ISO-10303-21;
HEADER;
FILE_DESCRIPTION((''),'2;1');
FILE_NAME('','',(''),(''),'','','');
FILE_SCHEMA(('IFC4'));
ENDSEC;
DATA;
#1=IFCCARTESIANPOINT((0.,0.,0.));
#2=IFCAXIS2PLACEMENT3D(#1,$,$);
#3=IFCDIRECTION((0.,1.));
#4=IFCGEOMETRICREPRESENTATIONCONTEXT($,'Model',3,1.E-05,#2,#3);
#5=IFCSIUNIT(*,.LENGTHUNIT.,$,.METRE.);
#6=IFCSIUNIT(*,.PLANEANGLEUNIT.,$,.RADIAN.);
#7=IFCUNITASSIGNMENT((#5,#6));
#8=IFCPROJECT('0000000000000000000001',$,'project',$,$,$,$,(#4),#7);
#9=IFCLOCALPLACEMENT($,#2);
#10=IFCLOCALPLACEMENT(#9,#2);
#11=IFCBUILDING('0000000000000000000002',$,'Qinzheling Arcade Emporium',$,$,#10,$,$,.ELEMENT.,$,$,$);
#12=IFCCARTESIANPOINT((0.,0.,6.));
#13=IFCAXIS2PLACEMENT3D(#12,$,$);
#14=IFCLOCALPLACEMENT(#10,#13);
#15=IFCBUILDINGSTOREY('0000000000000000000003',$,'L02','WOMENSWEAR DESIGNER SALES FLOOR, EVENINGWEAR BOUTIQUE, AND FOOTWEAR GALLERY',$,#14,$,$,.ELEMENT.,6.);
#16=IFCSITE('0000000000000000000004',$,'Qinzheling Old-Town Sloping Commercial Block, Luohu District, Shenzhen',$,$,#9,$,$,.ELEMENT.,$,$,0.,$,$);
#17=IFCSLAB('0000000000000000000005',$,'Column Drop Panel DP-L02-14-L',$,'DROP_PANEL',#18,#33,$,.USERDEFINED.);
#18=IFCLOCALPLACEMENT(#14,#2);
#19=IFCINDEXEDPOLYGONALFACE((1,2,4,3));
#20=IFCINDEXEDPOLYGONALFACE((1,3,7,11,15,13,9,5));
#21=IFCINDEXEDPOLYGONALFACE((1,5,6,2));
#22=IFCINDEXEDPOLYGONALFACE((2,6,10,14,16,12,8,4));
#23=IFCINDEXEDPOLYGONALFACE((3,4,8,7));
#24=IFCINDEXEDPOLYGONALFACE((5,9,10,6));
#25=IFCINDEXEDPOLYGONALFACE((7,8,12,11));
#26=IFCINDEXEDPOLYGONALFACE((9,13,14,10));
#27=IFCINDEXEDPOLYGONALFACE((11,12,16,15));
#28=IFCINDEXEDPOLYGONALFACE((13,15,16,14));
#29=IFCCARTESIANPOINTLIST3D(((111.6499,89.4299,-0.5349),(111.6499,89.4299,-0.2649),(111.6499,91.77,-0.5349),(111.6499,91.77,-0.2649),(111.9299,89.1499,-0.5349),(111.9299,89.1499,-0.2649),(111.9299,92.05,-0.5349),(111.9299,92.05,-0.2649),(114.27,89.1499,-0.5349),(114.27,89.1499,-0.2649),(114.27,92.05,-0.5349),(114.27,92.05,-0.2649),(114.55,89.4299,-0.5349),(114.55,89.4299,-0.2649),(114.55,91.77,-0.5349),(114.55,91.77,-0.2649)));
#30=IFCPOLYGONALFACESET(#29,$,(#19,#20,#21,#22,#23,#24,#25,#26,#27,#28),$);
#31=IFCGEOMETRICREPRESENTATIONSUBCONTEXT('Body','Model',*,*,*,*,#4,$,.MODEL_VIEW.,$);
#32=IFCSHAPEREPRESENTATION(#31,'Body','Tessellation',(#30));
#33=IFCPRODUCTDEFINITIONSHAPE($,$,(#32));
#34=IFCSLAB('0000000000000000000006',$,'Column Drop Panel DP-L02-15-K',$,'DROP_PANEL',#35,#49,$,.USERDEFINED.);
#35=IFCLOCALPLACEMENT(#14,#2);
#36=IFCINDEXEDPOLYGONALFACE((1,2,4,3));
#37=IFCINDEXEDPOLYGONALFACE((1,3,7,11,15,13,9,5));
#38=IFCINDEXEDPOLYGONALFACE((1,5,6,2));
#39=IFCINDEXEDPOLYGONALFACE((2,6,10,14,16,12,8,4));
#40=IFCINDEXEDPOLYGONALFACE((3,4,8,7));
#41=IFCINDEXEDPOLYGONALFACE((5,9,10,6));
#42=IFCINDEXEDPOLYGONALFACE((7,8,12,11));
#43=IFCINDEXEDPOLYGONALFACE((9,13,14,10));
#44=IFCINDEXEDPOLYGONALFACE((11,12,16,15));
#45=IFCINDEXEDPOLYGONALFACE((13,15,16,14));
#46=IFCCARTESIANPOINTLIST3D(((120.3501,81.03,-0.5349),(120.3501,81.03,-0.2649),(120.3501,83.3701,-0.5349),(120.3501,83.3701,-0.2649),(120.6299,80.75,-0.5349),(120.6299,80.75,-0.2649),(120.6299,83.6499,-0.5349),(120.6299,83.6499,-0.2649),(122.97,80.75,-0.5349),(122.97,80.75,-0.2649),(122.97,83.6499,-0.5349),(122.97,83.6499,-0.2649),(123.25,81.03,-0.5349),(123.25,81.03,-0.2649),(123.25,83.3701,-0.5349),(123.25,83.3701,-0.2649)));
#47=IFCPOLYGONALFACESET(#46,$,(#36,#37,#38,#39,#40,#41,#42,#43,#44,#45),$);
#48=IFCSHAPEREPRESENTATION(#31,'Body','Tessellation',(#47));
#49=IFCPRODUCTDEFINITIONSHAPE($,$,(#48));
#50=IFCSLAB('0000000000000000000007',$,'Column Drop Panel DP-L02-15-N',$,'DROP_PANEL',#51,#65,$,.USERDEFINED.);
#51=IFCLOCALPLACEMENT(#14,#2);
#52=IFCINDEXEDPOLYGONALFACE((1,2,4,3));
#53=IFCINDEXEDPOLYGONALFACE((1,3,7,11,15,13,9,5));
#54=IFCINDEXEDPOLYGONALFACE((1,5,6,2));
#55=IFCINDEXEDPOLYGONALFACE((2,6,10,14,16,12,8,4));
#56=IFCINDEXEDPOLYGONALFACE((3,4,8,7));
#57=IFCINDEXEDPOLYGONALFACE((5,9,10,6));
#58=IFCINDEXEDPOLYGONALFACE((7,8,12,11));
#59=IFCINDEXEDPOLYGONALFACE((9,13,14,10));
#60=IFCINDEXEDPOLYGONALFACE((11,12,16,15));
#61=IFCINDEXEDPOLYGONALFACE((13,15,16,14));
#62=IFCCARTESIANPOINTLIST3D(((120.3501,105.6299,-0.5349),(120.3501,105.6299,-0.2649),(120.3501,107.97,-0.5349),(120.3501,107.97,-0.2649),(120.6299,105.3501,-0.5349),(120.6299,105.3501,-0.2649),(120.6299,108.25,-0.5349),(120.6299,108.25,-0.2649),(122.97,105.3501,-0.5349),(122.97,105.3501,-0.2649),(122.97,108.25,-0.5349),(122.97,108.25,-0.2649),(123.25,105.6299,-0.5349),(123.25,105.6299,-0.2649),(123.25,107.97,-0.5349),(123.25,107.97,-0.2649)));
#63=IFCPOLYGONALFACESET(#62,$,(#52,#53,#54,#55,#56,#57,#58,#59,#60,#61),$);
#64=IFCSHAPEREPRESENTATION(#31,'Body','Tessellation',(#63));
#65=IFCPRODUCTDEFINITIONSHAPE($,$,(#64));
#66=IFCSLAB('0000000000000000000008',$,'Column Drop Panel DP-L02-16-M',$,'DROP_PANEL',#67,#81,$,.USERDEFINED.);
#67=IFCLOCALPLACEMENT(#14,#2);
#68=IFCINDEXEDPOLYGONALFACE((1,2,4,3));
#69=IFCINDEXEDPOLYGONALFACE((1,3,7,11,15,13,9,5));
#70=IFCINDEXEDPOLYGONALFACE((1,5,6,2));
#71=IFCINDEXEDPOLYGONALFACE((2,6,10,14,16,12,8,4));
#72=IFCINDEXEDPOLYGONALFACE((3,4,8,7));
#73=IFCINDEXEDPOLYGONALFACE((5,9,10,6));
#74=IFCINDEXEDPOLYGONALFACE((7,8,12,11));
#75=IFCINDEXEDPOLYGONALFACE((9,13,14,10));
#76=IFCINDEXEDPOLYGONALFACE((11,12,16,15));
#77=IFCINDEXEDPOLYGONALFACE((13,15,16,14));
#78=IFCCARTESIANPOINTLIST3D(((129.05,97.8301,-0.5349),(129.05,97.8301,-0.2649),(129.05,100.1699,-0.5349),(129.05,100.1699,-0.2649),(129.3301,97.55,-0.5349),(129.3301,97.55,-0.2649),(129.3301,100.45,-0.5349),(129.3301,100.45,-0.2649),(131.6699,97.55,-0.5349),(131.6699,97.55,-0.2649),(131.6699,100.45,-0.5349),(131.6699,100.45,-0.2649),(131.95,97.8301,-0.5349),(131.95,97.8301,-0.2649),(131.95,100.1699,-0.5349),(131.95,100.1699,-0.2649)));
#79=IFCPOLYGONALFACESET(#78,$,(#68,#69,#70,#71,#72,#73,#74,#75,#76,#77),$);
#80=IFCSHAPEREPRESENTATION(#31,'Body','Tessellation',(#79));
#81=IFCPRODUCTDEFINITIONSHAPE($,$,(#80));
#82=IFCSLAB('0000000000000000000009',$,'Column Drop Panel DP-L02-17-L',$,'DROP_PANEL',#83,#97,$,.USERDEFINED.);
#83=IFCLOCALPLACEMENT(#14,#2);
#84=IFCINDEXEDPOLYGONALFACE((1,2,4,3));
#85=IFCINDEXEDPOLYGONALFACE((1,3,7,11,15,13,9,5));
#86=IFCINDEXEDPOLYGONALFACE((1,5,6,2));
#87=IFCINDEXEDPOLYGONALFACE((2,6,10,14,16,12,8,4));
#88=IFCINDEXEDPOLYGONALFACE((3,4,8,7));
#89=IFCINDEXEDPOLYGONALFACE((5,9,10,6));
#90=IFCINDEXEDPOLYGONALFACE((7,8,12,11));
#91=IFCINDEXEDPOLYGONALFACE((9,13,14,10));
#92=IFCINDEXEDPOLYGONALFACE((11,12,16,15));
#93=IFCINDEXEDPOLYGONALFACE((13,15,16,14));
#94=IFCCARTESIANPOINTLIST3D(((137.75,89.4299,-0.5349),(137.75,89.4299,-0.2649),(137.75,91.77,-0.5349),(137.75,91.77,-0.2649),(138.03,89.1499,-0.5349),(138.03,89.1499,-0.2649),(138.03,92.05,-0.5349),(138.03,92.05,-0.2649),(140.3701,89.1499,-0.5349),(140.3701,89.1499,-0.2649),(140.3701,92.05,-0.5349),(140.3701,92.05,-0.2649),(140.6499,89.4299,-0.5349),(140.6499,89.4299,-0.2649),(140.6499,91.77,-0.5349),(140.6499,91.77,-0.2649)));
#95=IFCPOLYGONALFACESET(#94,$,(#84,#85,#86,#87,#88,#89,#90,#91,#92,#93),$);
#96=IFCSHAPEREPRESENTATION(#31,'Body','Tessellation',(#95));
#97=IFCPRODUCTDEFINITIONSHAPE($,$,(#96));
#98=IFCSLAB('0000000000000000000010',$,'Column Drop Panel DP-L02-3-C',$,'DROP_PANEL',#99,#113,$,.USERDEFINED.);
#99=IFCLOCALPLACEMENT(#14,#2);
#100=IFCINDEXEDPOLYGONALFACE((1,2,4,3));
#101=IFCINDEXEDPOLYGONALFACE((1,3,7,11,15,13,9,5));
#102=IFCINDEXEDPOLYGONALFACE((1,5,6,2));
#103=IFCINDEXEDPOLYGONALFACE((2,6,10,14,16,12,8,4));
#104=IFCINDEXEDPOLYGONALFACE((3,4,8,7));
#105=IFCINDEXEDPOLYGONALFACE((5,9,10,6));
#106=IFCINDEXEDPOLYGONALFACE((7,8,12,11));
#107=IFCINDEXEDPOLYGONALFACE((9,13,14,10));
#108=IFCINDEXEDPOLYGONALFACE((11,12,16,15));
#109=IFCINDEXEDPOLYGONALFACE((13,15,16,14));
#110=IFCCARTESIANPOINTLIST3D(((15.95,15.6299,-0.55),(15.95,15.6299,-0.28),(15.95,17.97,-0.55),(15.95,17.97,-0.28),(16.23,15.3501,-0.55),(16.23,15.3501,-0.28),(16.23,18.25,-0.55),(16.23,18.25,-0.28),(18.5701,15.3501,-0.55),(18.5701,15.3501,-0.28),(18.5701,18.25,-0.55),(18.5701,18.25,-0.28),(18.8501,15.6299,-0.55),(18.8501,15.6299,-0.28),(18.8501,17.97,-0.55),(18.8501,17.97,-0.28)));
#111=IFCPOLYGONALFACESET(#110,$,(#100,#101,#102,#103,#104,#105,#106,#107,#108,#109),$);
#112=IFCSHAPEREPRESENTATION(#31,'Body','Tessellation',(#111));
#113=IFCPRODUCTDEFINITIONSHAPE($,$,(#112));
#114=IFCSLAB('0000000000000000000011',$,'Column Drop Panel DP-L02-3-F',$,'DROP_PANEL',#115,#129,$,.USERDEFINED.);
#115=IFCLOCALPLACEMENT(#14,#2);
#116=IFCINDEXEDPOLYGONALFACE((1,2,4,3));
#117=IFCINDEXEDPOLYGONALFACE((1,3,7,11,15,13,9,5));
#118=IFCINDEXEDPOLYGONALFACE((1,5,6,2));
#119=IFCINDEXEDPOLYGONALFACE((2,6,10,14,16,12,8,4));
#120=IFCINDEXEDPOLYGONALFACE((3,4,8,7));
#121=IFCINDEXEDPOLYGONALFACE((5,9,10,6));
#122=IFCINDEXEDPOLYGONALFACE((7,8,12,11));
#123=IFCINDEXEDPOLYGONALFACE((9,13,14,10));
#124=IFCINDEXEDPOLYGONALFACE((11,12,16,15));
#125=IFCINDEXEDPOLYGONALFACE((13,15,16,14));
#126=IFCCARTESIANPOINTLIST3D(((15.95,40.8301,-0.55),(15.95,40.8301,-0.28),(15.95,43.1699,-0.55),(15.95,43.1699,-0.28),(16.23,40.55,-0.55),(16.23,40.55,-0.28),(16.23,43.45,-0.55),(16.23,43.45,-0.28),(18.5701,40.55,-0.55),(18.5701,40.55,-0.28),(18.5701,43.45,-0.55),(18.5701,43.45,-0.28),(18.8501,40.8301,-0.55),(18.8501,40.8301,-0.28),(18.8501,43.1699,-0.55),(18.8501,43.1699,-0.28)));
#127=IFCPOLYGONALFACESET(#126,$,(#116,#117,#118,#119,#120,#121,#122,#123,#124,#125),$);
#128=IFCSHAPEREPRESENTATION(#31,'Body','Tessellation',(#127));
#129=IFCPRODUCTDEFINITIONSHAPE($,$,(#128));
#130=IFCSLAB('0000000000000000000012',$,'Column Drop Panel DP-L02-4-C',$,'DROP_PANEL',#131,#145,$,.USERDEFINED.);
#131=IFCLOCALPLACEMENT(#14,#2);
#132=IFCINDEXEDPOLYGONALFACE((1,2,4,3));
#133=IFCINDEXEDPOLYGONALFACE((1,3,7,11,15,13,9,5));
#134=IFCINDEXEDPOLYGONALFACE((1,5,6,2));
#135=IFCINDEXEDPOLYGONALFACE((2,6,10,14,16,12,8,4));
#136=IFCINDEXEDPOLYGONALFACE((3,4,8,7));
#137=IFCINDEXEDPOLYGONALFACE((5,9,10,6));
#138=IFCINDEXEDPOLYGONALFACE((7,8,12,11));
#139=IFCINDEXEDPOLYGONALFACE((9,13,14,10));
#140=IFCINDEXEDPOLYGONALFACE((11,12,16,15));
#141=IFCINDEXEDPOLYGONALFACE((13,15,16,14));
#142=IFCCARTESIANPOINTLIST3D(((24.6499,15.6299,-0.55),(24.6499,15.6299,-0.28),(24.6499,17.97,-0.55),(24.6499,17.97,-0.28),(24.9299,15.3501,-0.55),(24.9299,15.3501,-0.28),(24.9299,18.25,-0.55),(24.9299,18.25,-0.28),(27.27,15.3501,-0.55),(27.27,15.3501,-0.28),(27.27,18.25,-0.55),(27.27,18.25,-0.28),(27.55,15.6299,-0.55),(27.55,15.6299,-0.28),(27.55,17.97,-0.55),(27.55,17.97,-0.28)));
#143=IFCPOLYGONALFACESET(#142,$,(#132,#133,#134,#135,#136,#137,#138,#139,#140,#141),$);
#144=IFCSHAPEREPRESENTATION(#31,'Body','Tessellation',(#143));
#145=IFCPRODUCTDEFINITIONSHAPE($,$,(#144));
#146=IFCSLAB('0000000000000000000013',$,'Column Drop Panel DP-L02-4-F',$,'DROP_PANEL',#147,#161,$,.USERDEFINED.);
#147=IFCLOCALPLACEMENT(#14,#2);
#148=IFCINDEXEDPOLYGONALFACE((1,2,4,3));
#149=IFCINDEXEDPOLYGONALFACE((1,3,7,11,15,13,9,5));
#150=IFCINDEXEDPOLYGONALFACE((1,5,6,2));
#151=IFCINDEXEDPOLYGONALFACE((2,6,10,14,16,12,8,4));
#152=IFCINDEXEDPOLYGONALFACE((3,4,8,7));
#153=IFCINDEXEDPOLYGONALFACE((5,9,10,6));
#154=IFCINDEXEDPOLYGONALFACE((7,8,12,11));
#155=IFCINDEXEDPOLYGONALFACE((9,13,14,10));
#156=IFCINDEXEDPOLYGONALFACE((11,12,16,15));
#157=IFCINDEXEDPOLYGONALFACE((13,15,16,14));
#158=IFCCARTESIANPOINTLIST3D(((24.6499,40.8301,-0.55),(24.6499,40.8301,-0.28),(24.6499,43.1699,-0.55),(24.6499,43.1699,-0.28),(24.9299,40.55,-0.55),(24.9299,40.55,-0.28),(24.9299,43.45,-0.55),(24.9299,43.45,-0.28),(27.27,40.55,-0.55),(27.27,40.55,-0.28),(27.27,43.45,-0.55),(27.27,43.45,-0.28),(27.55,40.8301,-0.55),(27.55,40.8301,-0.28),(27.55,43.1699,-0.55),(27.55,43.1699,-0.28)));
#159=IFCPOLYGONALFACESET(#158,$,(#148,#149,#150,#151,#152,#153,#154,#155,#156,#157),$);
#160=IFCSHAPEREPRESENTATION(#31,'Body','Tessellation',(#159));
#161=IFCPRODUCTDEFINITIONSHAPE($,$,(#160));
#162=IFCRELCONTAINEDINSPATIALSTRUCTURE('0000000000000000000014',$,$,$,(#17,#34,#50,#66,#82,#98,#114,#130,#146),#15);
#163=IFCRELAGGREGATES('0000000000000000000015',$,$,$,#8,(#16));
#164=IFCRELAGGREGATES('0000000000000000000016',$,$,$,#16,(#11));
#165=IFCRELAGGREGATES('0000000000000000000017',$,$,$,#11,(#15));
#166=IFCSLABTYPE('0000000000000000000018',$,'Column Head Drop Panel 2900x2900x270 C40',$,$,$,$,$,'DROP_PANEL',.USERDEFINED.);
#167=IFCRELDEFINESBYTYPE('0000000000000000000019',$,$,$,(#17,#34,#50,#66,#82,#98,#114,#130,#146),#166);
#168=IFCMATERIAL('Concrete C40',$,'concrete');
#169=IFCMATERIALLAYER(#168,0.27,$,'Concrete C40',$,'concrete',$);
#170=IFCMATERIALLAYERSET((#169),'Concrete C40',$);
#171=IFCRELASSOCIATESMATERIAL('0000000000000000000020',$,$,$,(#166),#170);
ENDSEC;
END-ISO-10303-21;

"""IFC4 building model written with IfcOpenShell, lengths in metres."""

from ifc_helpers import new_model, si_unit, direction, frame, origin, place, context, subcontext, project, spatial, polyline, outline, extrude, material, layer, layer_set, type_object, element, save


model = new_model("IFC4")

# Units and contexts
model_context = context("Model", 3, precision=1e-05, world=origin(), true_north=direction((0.0, 1.0)))
body_context = subcontext(model_context, "Body", "Model", "MODEL_VIEW")
ifc_project = project(units=[si_unit("LENGTHUNIT", "METRE"), si_unit("PLANEANGLEUNIT", "RADIAN")], contexts=[model_context])

# Site, building, storey
site_placement = place(None, origin())
site = spatial("IfcSite", under=ifc_project, at=site_placement, Name="Qinzheling Old-Town Sloping Commercial Block, Luohu District, Shenzhen", CompositionType="ELEMENT", RefElevation=0.0)
building_placement = place(site_placement, origin())
building = spatial("IfcBuilding", under=site, at=building_placement, Name="Qinzheling Arcade Emporium", CompositionType="ELEMENT")
storey_placement = place(building_placement, frame((0.0, 0.0, 6.0)))
storey = spatial("IfcBuildingStorey", under=building, at=storey_placement, Name="L02", Description="WOMENSWEAR DESIGNER SALES FLOOR, EVENINGWEAR BOUTIQUE, AND FOOTWEAR GALLERY", CompositionType="ELEMENT", Elevation=6.0)

# Slabs
ifc_material = material(Name="Concrete C40", Category="concrete")
ifc_layer_1 = layer(ifc_material, 0.27, Name="Concrete C40", Category="concrete")
ifc_layer_set_1 = layer_set([ifc_layer_1], Name="Concrete C40")
slab_type_1 = type_object("IfcSlabType", Name="Column Head Drop Panel 2900x2900x270 C40", ElementType="DROP_PANEL", PredefinedType="USERDEFINED", material=ifc_layer_set_1)
slab_1_placement = place(storey_placement, frame((0.0, 0.0, -0.5349)))
element("IfcSlab", 1, at=slab_1_placement, inside=storey, type_object=slab_type_1, Name="Column Drop Panel DP-L02-14-L", ObjectType="DROP_PANEL", PredefinedType="USERDEFINED", context=body_context, shape_type="SweptSolid", body=[
    extrude(outline(polyline([(111.9299, 89.1499), (114.27, 89.1499), (114.55, 89.4299), (114.55, 91.77), (114.27, 92.05), (111.9299, 92.05), (111.6499, 91.77), (111.6499, 89.4299), (111.9299, 89.1499)])), origin(), (0.0, 0.0, 1.0), 0.27),
])
slab_2_placement = place(storey_placement, frame((0.0, 0.0, -0.5349)))
element("IfcSlab", 2, at=slab_2_placement, inside=storey, type_object=slab_type_1, Name="Column Drop Panel DP-L02-15-K", ObjectType="DROP_PANEL", PredefinedType="USERDEFINED", context=body_context, shape_type="SweptSolid", body=[
    extrude(outline(polyline([(120.6299, 80.75), (122.97, 80.75), (123.25, 81.03), (123.25, 83.3701), (122.97, 83.6499), (120.6299, 83.6499), (120.3501, 83.3701), (120.3501, 81.03), (120.6299, 80.75)])), origin(), (0.0, 0.0, 1.0), 0.27),
])
slab_3_placement = place(storey_placement, frame((0.0, 0.0, -0.5349)))
element("IfcSlab", 3, at=slab_3_placement, inside=storey, type_object=slab_type_1, Name="Column Drop Panel DP-L02-15-N", ObjectType="DROP_PANEL", PredefinedType="USERDEFINED", context=body_context, shape_type="SweptSolid", body=[
    extrude(outline(polyline([(120.6299, 105.3501), (122.97, 105.3501), (123.25, 105.6299), (123.25, 107.97), (122.97, 108.25), (120.6299, 108.25), (120.3501, 107.97), (120.3501, 105.6299), (120.6299, 105.3501)])), origin(), (0.0, 0.0, 1.0), 0.27),
])
slab_4_placement = place(storey_placement, frame((0.0, 0.0, -0.5349)))
element("IfcSlab", 4, at=slab_4_placement, inside=storey, type_object=slab_type_1, Name="Column Drop Panel DP-L02-16-M", ObjectType="DROP_PANEL", PredefinedType="USERDEFINED", context=body_context, shape_type="SweptSolid", body=[
    extrude(outline(polyline([(129.3301, 97.55), (131.6699, 97.55), (131.95, 97.8301), (131.95, 100.1699), (131.6699, 100.45), (129.3301, 100.45), (129.05, 100.1699), (129.05, 97.8301), (129.3301, 97.55)])), origin(), (0.0, 0.0, 1.0), 0.27),
])
slab_5_placement = place(storey_placement, frame((0.0, 0.0, -0.5349)))
element("IfcSlab", 5, at=slab_5_placement, inside=storey, type_object=slab_type_1, Name="Column Drop Panel DP-L02-17-L", ObjectType="DROP_PANEL", PredefinedType="USERDEFINED", context=body_context, shape_type="SweptSolid", body=[
    extrude(outline(polyline([(138.03, 89.1499), (140.3701, 89.1499), (140.6499, 89.4299), (140.6499, 91.77), (140.3701, 92.05), (138.03, 92.05), (137.75, 91.77), (137.75, 89.4299), (138.03, 89.1499)])), origin(), (0.0, 0.0, 1.0), 0.27),
])
slab_6_placement = place(storey_placement, frame((0.0, 0.0, -0.55)))
element("IfcSlab", 6, at=slab_6_placement, inside=storey, type_object=slab_type_1, Name="Column Drop Panel DP-L02-3-C", ObjectType="DROP_PANEL", PredefinedType="USERDEFINED", context=body_context, shape_type="SweptSolid", body=[
    extrude(outline(polyline([(16.23, 15.3501), (18.5701, 15.3501), (18.8501, 15.6299), (18.8501, 17.97), (18.5701, 18.25), (16.23, 18.25), (15.95, 17.97), (15.95, 15.6299), (16.23, 15.3501)])), origin(), (0.0, 0.0, 1.0), 0.27),
])
slab_7_placement = place(storey_placement, frame((0.0, 0.0, -0.55)))
element("IfcSlab", 7, at=slab_7_placement, inside=storey, type_object=slab_type_1, Name="Column Drop Panel DP-L02-3-F", ObjectType="DROP_PANEL", PredefinedType="USERDEFINED", context=body_context, shape_type="SweptSolid", body=[
    extrude(outline(polyline([(16.23, 40.55), (18.5701, 40.55), (18.8501, 40.8301), (18.8501, 43.1699), (18.5701, 43.45), (16.23, 43.45), (15.95, 43.1699), (15.95, 40.8301), (16.23, 40.55)])), origin(), (0.0, 0.0, 1.0), 0.27),
])
slab_8_placement = place(storey_placement, frame((0.0, 0.0, -0.55)))
element("IfcSlab", 8, at=slab_8_placement, inside=storey, type_object=slab_type_1, Name="Column Drop Panel DP-L02-4-C", ObjectType="DROP_PANEL", PredefinedType="USERDEFINED", context=body_context, shape_type="SweptSolid", body=[
    extrude(outline(polyline([(24.9299, 15.3501), (27.27, 15.3501), (27.55, 15.6299), (27.55, 17.97), (27.27, 18.25), (24.9299, 18.25), (24.6499, 17.97), (24.6499, 15.6299), (24.9299, 15.3501)])), origin(), (0.0, 0.0, 1.0), 0.27),
])
slab_9_placement = place(storey_placement, frame((0.0, 0.0, -0.55)))
element("IfcSlab", 9, at=slab_9_placement, inside=storey, type_object=slab_type_1, Name="Column Drop Panel DP-L02-4-F", ObjectType="DROP_PANEL", PredefinedType="USERDEFINED", context=body_context, shape_type="SweptSolid", body=[
    extrude(outline(polyline([(24.9299, 40.55), (27.27, 40.55), (27.55, 40.8301), (27.55, 43.1699), (27.27, 43.45), (24.9299, 43.45), (24.6499, 43.1699), (24.6499, 40.8301), (24.9299, 40.55)])), origin(), (0.0, 0.0, 1.0), 0.27),
])

save(model, "model.ifc")
